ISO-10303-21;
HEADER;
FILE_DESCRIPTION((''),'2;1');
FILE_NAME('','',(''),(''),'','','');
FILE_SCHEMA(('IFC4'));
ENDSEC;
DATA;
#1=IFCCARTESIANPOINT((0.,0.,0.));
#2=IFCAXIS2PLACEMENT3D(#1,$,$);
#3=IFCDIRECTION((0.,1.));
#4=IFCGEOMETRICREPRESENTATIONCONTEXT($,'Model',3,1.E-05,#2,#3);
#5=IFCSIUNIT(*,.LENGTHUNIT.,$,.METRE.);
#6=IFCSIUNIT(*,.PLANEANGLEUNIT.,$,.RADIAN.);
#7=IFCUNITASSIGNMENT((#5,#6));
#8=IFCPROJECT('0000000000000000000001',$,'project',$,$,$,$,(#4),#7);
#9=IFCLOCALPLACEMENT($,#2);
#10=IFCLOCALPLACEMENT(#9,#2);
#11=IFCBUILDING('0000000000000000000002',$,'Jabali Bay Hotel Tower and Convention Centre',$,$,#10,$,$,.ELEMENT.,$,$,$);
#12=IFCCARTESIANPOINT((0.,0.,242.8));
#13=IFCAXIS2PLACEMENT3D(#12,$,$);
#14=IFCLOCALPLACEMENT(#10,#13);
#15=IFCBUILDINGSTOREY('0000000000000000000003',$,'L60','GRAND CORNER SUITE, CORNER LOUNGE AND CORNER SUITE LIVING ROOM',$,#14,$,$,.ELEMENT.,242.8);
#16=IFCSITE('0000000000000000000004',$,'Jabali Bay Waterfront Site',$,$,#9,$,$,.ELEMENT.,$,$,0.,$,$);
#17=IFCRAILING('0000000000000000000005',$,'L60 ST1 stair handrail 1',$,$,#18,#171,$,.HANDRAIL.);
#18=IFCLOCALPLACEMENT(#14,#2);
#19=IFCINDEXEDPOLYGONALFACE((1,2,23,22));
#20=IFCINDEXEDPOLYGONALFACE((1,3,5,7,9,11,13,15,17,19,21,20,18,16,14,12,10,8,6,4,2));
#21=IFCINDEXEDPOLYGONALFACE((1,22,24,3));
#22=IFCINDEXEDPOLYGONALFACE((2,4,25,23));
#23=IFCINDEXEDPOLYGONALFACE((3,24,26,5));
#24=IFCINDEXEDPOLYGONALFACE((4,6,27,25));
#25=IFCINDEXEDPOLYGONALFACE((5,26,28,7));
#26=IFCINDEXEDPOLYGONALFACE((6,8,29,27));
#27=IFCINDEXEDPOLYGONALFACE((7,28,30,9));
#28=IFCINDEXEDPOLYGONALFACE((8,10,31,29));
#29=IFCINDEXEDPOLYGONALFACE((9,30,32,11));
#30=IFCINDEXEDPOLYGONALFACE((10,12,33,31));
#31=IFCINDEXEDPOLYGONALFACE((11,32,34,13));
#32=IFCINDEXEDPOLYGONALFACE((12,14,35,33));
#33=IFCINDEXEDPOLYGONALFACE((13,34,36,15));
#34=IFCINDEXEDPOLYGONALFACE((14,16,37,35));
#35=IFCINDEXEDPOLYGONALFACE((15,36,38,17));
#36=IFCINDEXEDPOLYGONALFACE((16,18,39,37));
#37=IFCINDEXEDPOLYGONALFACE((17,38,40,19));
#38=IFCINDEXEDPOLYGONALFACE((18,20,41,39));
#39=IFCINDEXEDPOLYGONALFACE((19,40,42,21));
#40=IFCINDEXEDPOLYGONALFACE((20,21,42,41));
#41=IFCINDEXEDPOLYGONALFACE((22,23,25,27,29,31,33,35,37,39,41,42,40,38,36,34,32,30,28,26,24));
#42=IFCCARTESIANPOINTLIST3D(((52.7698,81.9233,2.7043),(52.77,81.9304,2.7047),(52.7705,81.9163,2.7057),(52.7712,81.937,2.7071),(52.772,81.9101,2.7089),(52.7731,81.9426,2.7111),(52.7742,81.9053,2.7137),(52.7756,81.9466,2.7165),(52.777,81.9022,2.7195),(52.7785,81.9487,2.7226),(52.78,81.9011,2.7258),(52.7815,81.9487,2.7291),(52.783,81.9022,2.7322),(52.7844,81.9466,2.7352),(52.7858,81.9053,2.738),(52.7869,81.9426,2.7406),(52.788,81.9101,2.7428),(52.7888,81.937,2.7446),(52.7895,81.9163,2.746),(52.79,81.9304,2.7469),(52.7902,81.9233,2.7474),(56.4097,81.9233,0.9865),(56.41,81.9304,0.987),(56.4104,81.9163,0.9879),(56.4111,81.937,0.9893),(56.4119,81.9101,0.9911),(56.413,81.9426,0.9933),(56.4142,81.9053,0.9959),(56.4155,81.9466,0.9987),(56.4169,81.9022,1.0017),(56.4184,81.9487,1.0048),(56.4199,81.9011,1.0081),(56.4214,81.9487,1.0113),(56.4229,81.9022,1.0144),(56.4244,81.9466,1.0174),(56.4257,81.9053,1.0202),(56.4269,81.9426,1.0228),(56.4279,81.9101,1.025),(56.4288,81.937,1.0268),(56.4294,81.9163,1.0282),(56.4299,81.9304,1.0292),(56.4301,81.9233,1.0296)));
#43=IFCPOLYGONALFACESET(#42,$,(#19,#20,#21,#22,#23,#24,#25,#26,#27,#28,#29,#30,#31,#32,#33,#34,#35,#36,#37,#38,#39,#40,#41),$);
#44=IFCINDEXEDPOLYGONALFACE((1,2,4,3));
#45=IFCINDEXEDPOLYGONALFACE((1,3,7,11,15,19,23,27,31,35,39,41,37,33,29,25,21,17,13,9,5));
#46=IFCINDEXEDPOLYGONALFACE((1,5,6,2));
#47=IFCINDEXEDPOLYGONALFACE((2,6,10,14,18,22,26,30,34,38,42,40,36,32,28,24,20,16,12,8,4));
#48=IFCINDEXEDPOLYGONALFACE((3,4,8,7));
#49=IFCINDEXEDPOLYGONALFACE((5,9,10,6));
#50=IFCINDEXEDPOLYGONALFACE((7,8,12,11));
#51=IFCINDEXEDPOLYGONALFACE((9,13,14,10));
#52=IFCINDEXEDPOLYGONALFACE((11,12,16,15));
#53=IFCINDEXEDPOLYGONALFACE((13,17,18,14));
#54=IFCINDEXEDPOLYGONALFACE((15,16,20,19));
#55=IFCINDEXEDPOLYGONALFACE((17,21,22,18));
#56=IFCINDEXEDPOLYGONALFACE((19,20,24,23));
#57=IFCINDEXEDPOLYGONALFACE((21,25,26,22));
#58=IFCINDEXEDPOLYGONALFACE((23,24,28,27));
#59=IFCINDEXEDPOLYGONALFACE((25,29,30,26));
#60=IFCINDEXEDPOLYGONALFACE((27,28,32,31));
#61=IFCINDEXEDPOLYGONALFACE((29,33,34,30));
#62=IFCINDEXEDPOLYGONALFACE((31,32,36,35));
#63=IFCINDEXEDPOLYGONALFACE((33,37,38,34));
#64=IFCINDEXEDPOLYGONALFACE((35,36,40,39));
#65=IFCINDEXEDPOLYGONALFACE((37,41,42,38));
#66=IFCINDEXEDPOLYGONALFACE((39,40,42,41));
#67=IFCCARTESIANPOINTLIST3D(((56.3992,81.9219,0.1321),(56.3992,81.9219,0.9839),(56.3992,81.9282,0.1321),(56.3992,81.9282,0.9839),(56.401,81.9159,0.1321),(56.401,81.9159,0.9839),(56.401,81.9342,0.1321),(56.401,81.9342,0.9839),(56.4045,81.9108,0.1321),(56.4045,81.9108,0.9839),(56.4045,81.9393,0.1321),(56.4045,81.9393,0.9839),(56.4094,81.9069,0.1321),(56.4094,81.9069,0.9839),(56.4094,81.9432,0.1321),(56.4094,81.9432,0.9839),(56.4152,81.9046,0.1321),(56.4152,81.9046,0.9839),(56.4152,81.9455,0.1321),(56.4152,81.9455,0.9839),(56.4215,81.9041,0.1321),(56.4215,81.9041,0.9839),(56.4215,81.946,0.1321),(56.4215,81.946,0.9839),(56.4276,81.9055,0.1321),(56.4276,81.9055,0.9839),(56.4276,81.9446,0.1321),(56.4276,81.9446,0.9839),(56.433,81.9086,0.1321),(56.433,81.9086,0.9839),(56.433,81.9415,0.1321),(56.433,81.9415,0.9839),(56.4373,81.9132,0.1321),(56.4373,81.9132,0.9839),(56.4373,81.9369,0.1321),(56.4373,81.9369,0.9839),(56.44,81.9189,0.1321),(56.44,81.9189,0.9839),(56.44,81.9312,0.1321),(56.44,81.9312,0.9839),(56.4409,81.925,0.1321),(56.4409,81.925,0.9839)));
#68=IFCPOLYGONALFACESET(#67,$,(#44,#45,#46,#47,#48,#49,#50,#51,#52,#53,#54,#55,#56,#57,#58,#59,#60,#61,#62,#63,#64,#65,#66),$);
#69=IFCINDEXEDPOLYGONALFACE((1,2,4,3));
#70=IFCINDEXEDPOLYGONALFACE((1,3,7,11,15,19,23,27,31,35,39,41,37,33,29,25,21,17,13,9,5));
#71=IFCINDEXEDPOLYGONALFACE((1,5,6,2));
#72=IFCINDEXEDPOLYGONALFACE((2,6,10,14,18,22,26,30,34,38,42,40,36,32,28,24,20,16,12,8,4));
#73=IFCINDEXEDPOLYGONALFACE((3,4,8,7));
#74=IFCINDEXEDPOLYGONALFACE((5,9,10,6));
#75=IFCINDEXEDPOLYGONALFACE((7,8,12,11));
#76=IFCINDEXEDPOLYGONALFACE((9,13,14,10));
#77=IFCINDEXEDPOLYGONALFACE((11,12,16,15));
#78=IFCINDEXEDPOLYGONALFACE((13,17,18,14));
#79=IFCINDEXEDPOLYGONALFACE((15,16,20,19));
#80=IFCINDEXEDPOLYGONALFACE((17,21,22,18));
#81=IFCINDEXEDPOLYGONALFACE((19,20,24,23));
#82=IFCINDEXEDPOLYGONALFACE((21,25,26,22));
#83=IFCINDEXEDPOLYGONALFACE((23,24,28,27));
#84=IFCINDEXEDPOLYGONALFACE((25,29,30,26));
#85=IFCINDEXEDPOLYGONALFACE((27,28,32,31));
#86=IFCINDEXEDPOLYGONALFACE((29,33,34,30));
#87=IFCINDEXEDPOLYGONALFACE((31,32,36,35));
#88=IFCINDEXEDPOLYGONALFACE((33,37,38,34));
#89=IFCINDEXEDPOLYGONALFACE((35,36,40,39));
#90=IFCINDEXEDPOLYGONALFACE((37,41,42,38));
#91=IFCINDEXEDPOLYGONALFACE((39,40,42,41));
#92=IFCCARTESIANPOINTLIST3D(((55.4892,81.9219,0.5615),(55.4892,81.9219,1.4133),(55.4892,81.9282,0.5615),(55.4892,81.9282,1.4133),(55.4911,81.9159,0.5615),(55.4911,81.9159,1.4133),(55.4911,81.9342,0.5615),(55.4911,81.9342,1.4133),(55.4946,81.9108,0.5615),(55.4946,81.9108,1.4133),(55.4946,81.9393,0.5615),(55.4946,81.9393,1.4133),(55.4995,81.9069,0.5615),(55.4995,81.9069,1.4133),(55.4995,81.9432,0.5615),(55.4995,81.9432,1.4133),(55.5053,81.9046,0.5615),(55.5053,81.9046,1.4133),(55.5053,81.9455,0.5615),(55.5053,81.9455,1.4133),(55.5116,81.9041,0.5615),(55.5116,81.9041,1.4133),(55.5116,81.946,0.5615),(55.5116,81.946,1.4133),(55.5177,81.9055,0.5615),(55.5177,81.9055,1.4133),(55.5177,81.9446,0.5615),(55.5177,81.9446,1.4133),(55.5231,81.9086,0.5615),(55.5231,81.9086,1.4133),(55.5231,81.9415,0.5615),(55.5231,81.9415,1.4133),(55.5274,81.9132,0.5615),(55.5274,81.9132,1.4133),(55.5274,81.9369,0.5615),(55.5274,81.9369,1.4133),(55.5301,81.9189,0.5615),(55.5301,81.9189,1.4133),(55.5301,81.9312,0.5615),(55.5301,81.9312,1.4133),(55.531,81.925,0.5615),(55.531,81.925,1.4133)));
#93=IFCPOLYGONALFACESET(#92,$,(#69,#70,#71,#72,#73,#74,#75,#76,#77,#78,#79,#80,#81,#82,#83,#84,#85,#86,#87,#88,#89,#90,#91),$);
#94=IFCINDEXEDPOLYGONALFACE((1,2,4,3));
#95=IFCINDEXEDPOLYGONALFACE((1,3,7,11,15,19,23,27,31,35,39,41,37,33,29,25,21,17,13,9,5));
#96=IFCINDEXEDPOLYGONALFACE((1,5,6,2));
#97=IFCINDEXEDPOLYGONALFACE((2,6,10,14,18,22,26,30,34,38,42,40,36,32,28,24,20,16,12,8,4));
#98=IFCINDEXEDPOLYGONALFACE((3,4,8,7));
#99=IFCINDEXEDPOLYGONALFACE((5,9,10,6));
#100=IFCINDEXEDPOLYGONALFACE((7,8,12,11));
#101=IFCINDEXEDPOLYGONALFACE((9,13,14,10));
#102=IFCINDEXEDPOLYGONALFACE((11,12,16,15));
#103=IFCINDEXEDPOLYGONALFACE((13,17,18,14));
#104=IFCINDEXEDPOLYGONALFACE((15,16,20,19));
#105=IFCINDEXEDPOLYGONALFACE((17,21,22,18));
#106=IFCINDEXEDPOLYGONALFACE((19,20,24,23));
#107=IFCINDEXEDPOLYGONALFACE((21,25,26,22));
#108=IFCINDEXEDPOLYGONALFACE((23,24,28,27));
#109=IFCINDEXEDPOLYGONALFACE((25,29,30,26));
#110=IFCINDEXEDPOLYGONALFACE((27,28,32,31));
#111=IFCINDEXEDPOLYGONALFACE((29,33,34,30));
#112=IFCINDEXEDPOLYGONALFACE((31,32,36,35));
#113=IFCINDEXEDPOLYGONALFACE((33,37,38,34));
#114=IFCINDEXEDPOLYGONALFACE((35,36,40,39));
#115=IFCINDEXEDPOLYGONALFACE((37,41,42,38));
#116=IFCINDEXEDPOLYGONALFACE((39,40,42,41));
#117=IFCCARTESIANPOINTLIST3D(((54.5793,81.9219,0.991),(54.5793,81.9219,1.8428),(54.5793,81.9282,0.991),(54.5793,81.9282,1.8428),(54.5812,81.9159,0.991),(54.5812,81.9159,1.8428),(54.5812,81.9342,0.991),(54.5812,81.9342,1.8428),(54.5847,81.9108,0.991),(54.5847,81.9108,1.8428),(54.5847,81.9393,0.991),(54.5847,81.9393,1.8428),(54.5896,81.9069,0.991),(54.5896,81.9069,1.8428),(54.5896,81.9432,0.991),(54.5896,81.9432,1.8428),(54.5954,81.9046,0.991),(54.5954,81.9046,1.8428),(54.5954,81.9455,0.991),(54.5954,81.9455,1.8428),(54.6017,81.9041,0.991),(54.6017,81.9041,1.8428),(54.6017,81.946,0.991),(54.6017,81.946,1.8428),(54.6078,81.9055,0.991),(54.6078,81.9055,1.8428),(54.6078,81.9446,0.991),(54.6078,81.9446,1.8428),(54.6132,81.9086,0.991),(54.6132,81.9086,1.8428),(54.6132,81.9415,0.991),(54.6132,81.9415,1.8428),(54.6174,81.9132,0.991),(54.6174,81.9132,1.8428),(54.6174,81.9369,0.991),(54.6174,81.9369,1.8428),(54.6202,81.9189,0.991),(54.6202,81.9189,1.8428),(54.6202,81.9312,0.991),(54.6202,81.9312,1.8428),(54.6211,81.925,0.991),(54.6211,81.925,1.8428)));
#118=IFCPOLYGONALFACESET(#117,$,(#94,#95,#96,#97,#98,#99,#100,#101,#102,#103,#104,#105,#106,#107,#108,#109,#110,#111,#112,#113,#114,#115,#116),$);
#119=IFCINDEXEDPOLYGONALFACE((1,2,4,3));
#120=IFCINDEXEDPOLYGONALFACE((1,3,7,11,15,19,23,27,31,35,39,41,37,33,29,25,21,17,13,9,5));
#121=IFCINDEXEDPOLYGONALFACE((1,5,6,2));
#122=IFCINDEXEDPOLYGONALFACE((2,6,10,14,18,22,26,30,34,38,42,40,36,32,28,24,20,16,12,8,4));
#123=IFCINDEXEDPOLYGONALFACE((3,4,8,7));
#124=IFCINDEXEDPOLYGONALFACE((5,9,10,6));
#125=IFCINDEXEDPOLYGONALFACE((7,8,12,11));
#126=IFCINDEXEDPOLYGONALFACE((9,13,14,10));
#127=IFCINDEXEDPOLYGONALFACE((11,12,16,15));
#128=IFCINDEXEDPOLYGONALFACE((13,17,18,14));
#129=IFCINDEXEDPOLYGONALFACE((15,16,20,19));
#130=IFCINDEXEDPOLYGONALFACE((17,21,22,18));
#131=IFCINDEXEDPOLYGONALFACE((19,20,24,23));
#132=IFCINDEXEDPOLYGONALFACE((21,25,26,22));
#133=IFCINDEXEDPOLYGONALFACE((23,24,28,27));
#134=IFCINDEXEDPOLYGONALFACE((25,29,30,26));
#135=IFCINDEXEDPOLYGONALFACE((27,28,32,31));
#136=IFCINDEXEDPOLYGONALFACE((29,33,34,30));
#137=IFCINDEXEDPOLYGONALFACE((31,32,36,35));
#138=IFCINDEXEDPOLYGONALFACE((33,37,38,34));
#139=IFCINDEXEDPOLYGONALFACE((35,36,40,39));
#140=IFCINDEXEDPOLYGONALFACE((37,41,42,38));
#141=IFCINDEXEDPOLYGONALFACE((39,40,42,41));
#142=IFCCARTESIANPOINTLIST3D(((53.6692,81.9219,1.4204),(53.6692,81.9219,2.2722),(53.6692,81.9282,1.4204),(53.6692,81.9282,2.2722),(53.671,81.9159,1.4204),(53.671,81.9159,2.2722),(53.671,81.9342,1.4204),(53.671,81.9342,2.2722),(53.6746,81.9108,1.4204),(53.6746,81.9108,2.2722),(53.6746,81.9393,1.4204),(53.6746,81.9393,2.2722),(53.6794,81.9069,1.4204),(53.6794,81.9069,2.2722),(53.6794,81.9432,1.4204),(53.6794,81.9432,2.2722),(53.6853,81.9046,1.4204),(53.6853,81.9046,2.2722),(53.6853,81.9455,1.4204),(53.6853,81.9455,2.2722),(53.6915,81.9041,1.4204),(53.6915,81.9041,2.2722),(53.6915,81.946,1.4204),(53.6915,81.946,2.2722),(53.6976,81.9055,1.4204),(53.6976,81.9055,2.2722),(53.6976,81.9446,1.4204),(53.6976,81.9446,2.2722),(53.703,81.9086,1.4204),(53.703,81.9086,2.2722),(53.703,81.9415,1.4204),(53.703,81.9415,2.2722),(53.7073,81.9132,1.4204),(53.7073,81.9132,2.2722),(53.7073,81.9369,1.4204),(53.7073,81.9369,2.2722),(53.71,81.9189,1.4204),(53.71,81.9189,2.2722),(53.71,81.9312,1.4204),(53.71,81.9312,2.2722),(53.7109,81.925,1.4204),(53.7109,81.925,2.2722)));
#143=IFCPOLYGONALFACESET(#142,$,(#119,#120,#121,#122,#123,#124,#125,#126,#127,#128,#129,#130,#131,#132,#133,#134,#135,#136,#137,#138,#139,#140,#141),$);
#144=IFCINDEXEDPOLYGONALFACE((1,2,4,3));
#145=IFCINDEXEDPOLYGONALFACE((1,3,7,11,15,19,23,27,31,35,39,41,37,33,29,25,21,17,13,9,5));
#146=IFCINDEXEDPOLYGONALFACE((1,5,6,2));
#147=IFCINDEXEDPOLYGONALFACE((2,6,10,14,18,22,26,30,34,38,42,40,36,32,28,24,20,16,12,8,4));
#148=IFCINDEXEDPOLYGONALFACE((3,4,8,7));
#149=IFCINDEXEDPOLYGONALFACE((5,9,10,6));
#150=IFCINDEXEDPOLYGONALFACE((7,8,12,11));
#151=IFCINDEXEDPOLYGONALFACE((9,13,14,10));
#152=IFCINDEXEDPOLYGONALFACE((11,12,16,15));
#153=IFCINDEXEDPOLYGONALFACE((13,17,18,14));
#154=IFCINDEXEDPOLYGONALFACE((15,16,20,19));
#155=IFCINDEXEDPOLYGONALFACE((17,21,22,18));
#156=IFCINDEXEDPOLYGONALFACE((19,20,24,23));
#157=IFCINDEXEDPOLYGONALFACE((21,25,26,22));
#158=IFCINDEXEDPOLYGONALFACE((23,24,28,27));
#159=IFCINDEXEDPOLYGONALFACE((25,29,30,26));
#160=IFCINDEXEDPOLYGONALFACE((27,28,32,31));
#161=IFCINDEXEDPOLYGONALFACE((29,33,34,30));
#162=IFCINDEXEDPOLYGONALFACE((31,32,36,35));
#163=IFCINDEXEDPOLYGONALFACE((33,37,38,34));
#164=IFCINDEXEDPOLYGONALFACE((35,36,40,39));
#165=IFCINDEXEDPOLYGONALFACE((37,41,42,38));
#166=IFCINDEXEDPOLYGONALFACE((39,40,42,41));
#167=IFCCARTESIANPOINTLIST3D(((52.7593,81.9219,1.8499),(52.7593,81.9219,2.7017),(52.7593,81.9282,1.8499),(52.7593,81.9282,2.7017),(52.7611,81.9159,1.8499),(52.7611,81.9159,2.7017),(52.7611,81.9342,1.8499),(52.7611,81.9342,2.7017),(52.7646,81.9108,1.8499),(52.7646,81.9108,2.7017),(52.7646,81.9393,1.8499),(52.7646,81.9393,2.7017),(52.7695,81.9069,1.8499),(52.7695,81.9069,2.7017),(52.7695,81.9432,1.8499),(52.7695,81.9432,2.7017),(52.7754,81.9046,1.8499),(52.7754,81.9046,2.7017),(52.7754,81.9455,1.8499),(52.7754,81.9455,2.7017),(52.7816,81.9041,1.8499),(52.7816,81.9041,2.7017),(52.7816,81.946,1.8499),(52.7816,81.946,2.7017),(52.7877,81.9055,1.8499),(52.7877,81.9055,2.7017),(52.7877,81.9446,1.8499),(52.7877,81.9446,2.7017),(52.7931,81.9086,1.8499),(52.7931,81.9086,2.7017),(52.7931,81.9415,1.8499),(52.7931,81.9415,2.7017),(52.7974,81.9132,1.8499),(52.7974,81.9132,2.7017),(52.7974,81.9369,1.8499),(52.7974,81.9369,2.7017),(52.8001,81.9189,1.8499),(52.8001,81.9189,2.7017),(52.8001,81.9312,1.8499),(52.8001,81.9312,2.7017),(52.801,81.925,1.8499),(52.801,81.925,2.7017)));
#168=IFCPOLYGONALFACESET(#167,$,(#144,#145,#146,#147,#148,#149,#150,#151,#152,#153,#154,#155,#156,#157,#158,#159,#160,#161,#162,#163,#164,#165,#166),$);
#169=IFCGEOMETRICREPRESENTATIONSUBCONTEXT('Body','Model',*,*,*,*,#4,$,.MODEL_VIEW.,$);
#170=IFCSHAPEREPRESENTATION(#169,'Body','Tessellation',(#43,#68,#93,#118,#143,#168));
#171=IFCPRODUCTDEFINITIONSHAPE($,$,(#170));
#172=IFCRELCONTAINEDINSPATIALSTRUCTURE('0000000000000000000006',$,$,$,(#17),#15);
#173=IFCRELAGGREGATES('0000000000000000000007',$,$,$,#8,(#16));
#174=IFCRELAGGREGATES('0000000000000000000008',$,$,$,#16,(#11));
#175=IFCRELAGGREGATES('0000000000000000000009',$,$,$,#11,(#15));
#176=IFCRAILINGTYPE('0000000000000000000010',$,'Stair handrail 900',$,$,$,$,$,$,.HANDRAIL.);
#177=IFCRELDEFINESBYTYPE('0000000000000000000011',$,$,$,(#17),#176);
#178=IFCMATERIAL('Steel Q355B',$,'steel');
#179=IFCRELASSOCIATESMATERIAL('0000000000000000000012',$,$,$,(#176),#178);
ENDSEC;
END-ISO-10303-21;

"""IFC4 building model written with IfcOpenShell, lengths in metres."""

from ifc_helpers import new_model, si_unit, direction, frame, origin, origin_2d, place, context, subcontext, project, spatial, circle, extrude, material, type_object, element, save


model = new_model("IFC4")

# Units and contexts
model_context = context("Model", 3, precision=1e-05, world=origin(), true_north=direction((0.0, 1.0)))
body_context = subcontext(model_context, "Body", "Model", "MODEL_VIEW")
ifc_project = project(units=[si_unit("LENGTHUNIT", "METRE"), si_unit("PLANEANGLEUNIT", "RADIAN")], contexts=[model_context])

# Site, building, storey
site_placement = place(None, origin())
site = spatial("IfcSite", under=ifc_project, at=site_placement, Name="Jabali Bay Waterfront Site", CompositionType="ELEMENT", RefElevation=0.0)
building_placement = place(site_placement, origin())
building = spatial("IfcBuilding", under=site, at=building_placement, Name="Jabali Bay Hotel Tower and Convention Centre", CompositionType="ELEMENT")
storey_placement = place(building_placement, frame((0.0, 0.0, 242.8)))
storey = spatial("IfcBuildingStorey", under=building, at=storey_placement, Name="L60", Description="GRAND CORNER SUITE, CORNER LOUNGE AND CORNER SUITE LIVING ROOM", CompositionType="ELEMENT", Elevation=242.8)

# Railing
ifc_material_1 = material(Name="Steel Q355B", Category="steel")
railing_type_1 = type_object("IfcRailingType", Name="Stair handrail 900", PredefinedType="HANDRAIL", material=ifc_material_1)
railing_1_placement = place(storey_placement, frame((56.4199, 81.925, 0.1321)))
element("IfcRailing", 1, at=railing_1_placement, inside=storey, type_object=railing_type_1, Name="L60 ST1 stair handrail 1", PredefinedType="HANDRAIL", context=body_context, shape_type="SweptSolid", body=[
    extrude(circle(Radius=0.0239, at=origin_2d()), frame((0.0, 0.0, 0.876), z_axis=(-0.904351, 0.0, 0.42679), x_axis=(0.0, -1.0, 0.0)), (0.0, 0.0, 1.0), 4.0249),
    extrude(circle(Radius=0.021, at=origin_2d()), origin(), (0.0, 0.0, 1.0), 0.8518),
    extrude(circle(Radius=0.021, at=origin_2d()), frame((-0.9099, 0.0, 0.4294)), (0.0, 0.0, 1.0), 0.8518),
    extrude(circle(Radius=0.021, at=origin_2d()), frame((-1.8198, 0.0, 0.8589)), (0.0, 0.0, 1.0), 0.8518),
    extrude(circle(Radius=0.021, at=origin_2d()), frame((-2.73, 0.0, 1.2883)), (0.0, 0.0, 1.0), 0.8518),
    extrude(circle(Radius=0.021, at=origin_2d()), frame((-3.6399, 0.0, 1.7178)), (0.0, 0.0, 1.0), 0.8518),
])

save(model, "model.ifc")
